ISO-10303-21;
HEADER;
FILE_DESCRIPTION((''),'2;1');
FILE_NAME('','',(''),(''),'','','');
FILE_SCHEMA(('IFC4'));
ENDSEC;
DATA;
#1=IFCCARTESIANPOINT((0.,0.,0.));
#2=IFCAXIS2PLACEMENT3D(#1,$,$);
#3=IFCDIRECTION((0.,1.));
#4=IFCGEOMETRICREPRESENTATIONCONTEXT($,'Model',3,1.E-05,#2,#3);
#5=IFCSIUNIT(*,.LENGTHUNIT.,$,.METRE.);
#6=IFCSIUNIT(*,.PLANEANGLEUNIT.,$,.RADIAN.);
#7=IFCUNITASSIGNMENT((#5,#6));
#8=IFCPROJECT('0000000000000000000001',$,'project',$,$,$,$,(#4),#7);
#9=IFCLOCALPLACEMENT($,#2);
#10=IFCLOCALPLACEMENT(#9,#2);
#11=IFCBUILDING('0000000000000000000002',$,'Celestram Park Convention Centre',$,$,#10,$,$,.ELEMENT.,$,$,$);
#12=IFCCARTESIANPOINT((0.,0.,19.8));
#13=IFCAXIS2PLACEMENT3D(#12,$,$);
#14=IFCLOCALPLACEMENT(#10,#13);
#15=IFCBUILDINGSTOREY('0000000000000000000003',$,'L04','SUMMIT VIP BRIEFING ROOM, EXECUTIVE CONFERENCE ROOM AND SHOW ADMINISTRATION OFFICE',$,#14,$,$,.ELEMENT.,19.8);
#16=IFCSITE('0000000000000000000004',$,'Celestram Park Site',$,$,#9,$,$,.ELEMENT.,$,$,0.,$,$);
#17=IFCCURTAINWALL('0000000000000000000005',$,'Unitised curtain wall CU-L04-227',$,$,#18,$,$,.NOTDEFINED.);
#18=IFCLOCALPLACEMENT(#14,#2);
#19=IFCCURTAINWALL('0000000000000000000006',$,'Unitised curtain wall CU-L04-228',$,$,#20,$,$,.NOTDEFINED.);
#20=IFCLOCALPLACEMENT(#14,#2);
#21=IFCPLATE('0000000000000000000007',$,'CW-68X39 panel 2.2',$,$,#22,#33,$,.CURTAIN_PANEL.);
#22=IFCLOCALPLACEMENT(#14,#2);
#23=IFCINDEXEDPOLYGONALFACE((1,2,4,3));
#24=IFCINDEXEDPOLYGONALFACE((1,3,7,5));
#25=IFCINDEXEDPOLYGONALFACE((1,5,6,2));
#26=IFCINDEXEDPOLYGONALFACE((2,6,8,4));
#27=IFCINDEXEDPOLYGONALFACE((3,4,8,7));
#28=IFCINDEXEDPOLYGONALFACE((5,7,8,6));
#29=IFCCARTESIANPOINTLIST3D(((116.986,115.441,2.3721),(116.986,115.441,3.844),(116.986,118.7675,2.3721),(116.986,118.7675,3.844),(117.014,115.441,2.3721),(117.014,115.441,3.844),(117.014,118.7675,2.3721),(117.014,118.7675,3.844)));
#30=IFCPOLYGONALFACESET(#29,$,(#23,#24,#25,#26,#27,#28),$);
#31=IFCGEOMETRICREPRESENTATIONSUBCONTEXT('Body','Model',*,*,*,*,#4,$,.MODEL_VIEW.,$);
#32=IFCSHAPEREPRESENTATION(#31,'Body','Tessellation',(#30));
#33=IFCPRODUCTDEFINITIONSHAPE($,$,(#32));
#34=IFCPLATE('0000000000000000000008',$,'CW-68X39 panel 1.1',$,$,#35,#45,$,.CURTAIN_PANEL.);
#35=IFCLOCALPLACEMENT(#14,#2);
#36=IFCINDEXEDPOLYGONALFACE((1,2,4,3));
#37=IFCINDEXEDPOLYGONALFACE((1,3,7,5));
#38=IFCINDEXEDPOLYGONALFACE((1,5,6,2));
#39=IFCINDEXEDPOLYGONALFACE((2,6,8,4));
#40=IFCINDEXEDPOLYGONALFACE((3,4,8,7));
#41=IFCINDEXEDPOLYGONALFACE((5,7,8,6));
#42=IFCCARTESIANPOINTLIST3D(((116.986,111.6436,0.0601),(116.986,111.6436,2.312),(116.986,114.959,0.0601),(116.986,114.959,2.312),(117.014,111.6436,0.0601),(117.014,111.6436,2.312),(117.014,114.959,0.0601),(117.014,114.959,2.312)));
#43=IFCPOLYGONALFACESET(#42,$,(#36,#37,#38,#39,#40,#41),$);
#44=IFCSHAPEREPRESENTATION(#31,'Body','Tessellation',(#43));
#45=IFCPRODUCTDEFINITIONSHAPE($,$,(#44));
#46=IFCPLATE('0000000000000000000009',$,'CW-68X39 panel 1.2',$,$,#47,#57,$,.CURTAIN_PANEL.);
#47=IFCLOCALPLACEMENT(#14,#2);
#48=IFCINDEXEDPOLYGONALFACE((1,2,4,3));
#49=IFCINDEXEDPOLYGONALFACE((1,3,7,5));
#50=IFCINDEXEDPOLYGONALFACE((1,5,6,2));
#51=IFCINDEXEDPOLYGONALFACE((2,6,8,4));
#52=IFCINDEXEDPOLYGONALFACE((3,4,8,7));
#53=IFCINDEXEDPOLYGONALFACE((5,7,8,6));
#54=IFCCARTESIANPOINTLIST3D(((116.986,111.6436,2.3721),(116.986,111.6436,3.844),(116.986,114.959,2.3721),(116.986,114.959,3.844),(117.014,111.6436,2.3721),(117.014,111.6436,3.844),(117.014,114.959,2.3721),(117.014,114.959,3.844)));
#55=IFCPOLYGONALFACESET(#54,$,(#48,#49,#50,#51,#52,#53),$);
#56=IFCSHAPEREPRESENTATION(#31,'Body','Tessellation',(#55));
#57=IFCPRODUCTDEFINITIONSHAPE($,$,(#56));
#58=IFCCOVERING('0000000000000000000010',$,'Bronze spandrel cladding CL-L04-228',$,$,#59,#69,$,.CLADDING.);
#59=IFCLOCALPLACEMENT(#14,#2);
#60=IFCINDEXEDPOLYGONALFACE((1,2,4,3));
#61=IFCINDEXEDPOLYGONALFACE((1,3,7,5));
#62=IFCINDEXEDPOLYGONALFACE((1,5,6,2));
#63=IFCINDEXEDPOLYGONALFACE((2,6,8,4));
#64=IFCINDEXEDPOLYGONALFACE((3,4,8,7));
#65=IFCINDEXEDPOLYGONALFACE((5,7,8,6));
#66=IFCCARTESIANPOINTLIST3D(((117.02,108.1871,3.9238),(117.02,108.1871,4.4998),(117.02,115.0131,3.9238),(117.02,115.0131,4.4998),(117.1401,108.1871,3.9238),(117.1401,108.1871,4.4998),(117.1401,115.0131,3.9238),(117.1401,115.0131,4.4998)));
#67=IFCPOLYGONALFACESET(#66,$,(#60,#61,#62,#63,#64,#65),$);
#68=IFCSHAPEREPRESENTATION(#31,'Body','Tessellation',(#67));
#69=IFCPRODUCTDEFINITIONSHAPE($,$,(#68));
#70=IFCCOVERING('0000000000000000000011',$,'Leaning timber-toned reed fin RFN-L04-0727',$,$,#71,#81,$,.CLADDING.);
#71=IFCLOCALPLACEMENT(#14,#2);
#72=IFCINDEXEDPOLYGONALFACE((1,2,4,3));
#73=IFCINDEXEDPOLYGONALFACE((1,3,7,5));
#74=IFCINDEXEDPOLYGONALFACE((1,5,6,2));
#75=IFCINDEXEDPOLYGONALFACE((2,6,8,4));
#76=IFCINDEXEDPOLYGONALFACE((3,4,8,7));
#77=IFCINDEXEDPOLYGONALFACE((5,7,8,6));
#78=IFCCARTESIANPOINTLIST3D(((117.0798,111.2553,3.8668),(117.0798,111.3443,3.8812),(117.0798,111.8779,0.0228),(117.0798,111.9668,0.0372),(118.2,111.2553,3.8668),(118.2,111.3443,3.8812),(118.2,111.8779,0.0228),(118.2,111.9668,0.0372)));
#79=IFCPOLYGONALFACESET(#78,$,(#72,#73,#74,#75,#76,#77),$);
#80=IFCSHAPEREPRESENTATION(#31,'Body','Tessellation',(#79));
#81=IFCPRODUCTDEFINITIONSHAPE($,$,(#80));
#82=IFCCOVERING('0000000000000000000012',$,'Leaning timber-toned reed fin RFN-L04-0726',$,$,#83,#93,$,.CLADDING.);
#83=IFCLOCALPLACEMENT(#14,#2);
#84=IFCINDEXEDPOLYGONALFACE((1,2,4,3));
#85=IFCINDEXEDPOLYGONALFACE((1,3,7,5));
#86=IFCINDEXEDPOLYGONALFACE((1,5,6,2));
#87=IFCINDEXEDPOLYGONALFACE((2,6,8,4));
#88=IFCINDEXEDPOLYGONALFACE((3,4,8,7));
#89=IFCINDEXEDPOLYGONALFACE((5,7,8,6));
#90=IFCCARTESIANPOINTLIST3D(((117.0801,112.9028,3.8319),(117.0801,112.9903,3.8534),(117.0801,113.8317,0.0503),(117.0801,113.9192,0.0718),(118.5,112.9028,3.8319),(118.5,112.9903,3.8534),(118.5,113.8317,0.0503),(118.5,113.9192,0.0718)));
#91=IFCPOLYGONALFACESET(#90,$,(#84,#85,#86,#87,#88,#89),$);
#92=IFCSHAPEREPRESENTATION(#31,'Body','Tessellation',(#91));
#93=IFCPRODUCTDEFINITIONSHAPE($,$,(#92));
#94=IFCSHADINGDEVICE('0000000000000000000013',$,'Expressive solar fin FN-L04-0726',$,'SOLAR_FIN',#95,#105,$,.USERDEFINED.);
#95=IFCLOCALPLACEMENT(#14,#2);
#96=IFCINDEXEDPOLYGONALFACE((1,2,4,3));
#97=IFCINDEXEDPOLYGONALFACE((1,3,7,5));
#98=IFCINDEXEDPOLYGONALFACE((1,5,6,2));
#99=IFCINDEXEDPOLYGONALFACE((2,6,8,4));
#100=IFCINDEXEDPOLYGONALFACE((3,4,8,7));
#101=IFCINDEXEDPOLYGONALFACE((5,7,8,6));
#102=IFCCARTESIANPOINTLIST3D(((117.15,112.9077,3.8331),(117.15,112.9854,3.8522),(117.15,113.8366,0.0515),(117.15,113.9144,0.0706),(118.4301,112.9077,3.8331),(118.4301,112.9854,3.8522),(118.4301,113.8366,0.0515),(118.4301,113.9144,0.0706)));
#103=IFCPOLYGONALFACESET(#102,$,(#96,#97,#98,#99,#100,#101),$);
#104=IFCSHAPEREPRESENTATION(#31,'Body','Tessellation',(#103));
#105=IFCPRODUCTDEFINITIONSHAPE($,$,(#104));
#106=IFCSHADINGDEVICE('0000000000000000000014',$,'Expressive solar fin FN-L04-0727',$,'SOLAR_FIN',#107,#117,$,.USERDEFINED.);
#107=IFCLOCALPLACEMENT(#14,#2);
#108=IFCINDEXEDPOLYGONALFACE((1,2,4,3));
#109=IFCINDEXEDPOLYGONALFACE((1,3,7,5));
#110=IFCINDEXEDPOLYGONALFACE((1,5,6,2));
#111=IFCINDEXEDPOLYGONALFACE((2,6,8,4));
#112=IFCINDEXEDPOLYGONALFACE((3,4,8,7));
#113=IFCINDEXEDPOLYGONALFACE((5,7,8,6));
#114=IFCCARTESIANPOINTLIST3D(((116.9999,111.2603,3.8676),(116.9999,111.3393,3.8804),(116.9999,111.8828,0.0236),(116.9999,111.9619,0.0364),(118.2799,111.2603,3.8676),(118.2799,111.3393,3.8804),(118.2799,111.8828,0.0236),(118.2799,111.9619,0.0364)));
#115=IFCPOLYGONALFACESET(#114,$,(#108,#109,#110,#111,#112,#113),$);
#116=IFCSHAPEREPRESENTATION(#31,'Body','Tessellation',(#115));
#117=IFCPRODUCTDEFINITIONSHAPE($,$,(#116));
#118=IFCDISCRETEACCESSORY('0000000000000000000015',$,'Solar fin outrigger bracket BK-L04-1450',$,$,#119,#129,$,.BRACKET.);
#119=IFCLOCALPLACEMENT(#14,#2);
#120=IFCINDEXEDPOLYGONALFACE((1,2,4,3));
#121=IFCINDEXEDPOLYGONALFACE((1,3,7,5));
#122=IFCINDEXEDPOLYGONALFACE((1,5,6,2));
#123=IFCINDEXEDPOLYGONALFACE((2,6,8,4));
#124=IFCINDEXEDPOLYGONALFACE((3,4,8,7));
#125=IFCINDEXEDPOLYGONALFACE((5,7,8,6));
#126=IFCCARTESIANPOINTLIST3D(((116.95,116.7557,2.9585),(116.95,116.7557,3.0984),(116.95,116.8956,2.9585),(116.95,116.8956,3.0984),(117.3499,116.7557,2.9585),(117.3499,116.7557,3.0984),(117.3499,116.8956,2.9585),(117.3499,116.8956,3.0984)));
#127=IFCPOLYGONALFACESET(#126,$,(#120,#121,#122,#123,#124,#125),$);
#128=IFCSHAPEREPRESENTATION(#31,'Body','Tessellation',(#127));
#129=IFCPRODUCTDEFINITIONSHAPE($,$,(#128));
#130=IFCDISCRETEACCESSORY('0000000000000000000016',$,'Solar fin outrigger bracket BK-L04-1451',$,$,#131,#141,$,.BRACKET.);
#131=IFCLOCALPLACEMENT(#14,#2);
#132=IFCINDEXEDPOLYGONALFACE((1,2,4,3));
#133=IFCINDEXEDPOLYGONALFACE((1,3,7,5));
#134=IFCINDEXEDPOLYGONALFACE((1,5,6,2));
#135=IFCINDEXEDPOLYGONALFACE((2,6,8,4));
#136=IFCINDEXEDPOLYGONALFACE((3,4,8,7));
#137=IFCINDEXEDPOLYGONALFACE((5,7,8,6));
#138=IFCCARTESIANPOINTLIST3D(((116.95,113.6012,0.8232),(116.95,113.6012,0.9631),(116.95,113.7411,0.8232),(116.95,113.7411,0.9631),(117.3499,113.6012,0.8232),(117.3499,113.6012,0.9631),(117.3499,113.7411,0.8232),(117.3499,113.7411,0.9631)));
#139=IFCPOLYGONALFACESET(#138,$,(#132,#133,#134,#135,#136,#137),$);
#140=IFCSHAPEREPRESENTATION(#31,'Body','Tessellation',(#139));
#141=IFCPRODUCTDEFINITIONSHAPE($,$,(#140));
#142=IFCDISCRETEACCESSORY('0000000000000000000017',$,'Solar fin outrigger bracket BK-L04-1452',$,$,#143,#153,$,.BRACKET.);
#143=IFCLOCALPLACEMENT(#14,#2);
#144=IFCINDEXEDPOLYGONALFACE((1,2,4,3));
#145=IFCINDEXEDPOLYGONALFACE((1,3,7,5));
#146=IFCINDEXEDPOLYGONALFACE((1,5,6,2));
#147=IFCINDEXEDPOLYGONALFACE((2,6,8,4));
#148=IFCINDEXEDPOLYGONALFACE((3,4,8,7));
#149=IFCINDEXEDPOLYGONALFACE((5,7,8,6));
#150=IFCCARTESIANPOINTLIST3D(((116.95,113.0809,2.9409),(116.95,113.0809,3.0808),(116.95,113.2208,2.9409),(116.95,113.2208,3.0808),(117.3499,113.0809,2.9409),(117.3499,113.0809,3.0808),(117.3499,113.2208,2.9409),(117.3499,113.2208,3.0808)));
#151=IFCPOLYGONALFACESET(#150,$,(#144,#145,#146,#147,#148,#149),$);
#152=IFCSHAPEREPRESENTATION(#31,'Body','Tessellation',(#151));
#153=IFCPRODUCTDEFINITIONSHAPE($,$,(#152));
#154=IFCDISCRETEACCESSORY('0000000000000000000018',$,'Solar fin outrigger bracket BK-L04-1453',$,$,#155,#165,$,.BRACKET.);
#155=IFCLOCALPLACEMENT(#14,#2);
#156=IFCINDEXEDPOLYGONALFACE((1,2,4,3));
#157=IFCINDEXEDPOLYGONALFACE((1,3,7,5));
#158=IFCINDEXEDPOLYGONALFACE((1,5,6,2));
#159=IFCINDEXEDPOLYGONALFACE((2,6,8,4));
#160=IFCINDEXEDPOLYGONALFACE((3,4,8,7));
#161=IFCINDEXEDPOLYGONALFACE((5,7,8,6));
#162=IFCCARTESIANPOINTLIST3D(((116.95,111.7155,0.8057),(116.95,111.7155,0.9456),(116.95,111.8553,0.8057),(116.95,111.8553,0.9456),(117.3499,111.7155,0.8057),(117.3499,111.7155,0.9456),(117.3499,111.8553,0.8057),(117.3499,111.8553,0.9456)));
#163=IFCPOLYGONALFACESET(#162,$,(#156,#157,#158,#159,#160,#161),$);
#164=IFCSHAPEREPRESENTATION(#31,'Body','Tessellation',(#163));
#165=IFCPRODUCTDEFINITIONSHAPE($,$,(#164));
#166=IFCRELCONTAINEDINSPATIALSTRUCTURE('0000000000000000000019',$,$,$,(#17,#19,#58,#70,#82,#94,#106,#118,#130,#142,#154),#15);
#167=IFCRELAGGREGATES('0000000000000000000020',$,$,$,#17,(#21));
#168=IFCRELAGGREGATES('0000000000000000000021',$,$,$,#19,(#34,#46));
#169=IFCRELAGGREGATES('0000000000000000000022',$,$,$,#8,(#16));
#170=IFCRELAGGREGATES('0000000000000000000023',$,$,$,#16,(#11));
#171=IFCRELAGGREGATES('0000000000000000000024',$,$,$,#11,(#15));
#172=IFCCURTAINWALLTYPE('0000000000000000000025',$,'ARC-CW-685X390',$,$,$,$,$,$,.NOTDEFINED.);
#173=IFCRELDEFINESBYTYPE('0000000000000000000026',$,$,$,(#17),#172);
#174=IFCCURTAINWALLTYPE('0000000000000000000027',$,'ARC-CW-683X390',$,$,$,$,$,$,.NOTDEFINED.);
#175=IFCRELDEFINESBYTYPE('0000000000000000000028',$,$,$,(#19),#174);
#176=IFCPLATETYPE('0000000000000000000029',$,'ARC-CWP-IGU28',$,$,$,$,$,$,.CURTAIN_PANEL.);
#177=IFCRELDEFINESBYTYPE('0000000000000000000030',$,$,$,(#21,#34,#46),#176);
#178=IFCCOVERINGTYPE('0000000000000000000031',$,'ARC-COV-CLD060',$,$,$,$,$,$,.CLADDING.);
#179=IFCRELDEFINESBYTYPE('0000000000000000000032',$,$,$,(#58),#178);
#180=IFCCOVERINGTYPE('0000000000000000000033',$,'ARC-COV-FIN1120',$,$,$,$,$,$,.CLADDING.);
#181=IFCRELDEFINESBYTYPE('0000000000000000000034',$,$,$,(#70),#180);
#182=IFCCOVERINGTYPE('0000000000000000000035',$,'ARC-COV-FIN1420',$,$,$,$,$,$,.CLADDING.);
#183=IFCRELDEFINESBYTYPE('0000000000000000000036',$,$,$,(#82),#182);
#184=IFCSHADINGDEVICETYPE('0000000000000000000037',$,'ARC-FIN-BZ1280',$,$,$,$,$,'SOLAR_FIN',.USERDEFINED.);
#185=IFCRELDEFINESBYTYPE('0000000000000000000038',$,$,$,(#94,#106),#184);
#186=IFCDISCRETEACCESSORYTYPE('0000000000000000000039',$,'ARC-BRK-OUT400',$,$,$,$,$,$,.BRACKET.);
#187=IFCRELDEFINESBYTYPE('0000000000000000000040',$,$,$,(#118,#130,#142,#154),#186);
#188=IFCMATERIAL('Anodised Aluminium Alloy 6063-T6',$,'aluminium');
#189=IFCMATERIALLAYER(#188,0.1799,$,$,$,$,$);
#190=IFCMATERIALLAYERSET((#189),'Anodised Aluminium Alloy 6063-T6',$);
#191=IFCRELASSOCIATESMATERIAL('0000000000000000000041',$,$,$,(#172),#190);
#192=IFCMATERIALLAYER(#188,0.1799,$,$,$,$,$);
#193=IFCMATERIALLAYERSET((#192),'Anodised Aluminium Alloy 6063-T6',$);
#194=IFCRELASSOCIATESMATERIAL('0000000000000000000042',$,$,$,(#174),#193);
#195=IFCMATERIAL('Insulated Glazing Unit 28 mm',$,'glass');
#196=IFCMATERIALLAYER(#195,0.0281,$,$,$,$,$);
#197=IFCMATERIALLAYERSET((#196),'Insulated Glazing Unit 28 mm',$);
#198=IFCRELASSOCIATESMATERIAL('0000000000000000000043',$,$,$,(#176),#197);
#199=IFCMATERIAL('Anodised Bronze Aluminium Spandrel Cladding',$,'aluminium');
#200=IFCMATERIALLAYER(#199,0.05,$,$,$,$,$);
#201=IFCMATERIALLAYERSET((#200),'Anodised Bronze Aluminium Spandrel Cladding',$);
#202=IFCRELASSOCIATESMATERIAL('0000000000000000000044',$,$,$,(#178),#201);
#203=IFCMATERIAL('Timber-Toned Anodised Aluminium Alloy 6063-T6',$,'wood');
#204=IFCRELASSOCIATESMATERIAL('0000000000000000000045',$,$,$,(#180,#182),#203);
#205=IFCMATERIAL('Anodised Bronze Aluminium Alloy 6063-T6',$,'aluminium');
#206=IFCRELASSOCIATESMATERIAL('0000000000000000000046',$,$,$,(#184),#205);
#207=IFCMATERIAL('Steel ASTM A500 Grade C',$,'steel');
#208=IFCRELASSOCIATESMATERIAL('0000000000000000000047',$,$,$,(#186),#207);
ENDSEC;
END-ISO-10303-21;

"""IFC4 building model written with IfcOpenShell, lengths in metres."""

from ifc_helpers import new_model, si_unit, direction, frame, origin, origin_2d, place, context, subcontext, project, spatial, rectangle, extrude, material, layer, layer_set, material_profile, profile_set, type_object, element, aggregate, save


model = new_model("IFC4")

# Units and contexts
model_context = context("Model", 3, precision=1e-05, world=origin(), true_north=direction((0.0, 1.0)))
body_context = subcontext(model_context, "Body", "Model", "MODEL_VIEW")
ifc_project = project(units=[si_unit("LENGTHUNIT", "METRE"), si_unit("PLANEANGLEUNIT", "RADIAN")], contexts=[model_context])

# Site, building, storey
site_placement = place(None, origin())
site = spatial("IfcSite", under=ifc_project, at=site_placement, Name="Celestram Park Site", CompositionType="ELEMENT", RefElevation=0.0)
building_placement = place(site_placement, origin())
building = spatial("IfcBuilding", under=site, at=building_placement, Name="Celestram Park Convention Centre", CompositionType="ELEMENT")
storey_placement = place(building_placement, frame((0.0, 0.0, 19.8)))
storey = spatial("IfcBuildingStorey", under=building, at=storey_placement, Name="L04", Description="SUMMIT VIP BRIEFING ROOM, EXECUTIVE CONFERENCE ROOM AND SHOW ADMINISTRATION OFFICE", CompositionType="ELEMENT", Elevation=19.8)

# Curtain wall
ifc_material_1 = material(Name="Anodised Aluminium Alloy 6063-T6", Category="aluminium")
ifc_layer_1 = layer(ifc_material_1, 0.1799)
ifc_layer_set_1 = layer_set([ifc_layer_1], Name="Anodised Aluminium Alloy 6063-T6")
curtain_wall_type_1 = type_object("IfcCurtainWallType", Name="ARC-CW-685X390", PredefinedType="NOTDEFINED", material=ifc_layer_set_1)
curtain_wall_1_placement = place(storey_placement, origin())
curtain_wall_1 = element("IfcCurtainWall", 1, at=curtain_wall_1_placement, inside=storey, type_object=curtain_wall_type_1, Name="Unitised curtain wall CU-L04-227", PredefinedType="NOTDEFINED")

# Curtain wall
ifc_layer_2 = layer(ifc_material_1, 0.1799)
ifc_layer_set_2 = layer_set([ifc_layer_2], Name="Anodised Aluminium Alloy 6063-T6")
curtain_wall_type_2 = type_object("IfcCurtainWallType", Name="ARC-CW-683X390", PredefinedType="NOTDEFINED", material=ifc_layer_set_2)
curtain_wall_2_placement = place(storey_placement, origin())
curtain_wall_2 = element("IfcCurtainWall", 2, at=curtain_wall_2_placement, inside=storey, type_object=curtain_wall_type_2, Name="Unitised curtain wall CU-L04-228", PredefinedType="NOTDEFINED")

# Plates
ifc_material_2 = material(Name="Insulated Glazing Unit 28 mm", Category="glass")
ifc_layer_3 = layer(ifc_material_2, 0.0281)
ifc_layer_set_3 = layer_set([ifc_layer_3], Name="Insulated Glazing Unit 28 mm")
plate_type = type_object("IfcPlateType", Name="ARC-CWP-IGU28", PredefinedType="CURTAIN_PANEL", material=ifc_layer_set_3)
plate_1_placement = place(storey_placement, frame((117.0, 117.1042, 2.3721), z_axis=(0.0, 0.0, 1.0), x_axis=(0.0, -1.0, 0.0)))
plate_1 = element("IfcPlate", 3, at=plate_1_placement, type_object=plate_type, Name="CW-68X39 panel 2.2", PredefinedType="CURTAIN_PANEL", context=body_context, shape_type="SweptSolid", body=[
    extrude(rectangle(XDim=3.3264, YDim=0.0281, at=origin_2d()), origin(), (0.0, 0.0, 1.0), 1.4719),
])
aggregate(curtain_wall_1, [plate_1])
plate_2_placement = place(storey_placement, frame((117.0, 113.3013, 0.0601), z_axis=(0.0, 0.0, 1.0), x_axis=(0.0, -1.0, 0.0)))
plate_2 = element("IfcPlate", 4, at=plate_2_placement, type_object=plate_type, Name="CW-68X39 panel 1.1", PredefinedType="CURTAIN_PANEL", context=body_context, shape_type="SweptSolid", body=[
    extrude(rectangle(XDim=3.3154, YDim=0.0281, at=origin_2d()), origin(), (0.0, 0.0, 1.0), 2.252),
])
plate_3_placement = place(storey_placement, frame((117.0, 113.3013, 2.3721), z_axis=(0.0, 0.0, 1.0), x_axis=(0.0, -1.0, 0.0)))
plate_3 = element("IfcPlate", 5, at=plate_3_placement, type_object=plate_type, Name="CW-68X39 panel 1.2", PredefinedType="CURTAIN_PANEL", context=body_context, shape_type="SweptSolid", body=[
    extrude(rectangle(XDim=3.3154, YDim=0.0281, at=origin_2d()), origin(), (0.0, 0.0, 1.0), 1.4719),
])
aggregate(curtain_wall_2, [plate_2, plate_3])

# Coverings
ifc_material_3 = material(Name="Anodised Bronze Aluminium Spandrel Cladding", Category="aluminium")
ifc_layer_4 = layer(ifc_material_3, 0.05)
ifc_layer_set_4 = layer_set([ifc_layer_4], Name="Anodised Bronze Aluminium Spandrel Cladding")
covering_type_1 = type_object("IfcCoveringType", Name="ARC-COV-CLD060", PredefinedType="CLADDING", material=ifc_layer_set_4)
covering_1_placement = place(storey_placement, frame((117.0801, 111.6001, 3.9238), z_axis=(0.0, 0.0, 1.0), x_axis=(0.0, -1.0, 0.0)))
element("IfcCovering", 6, at=covering_1_placement, inside=storey, type_object=covering_type_1, Name="Bronze spandrel cladding CL-L04-228", PredefinedType="CLADDING", context=body_context, shape_type="SweptSolid", body=[
    extrude(rectangle(XDim=6.8259, YDim=0.1201, at=origin_2d()), origin(), (0.0, 0.0, 1.0), 0.5759),
])
ifc_material_4 = material(Name="Timber-Toned Anodised Aluminium Alloy 6063-T6", Category="wood")
ifc_material_profile_1 = material_profile(ifc_material_4, rectangle(XDim=1.1201, YDim=0.0901, at=origin_2d()), Name="REED1120X90")
ifc_profile_set_1 = profile_set([ifc_material_profile_1], Name="Timber-Toned Anodised Aluminium Alloy 6063-T6")
covering_type_2 = type_object("IfcCoveringType", Name="ARC-COV-FIN1120", PredefinedType="CLADDING", material=ifc_profile_set_1)
covering_2_placement = place(storey_placement, frame((117.6399, 111.9224, 0.03), z_axis=(0.0, -0.159873, 0.987138), x_axis=(1.0, 0.0, 0.0)))
element("IfcCovering", 7, at=covering_2_placement, inside=storey, type_object=covering_type_2, Name="Leaning timber-toned reed fin RFN-L04-0727", PredefinedType="CLADDING", context=body_context, shape_type="SweptSolid", body=[
    extrude(rectangle(XDim=1.1201, YDim=0.0901, at=origin_2d()), origin(), (0.0, 0.0, 1.0), 3.894),
])
ifc_material_profile_2 = material_profile(ifc_material_4, rectangle(XDim=1.4199, YDim=0.0901, at=origin_2d()), Name="REED1420X90")
ifc_profile_set_2 = profile_set([ifc_material_profile_2], Name="Timber-Toned Anodised Aluminium Alloy 6063-T6")
covering_type_3 = type_object("IfcCoveringType", Name="ARC-COV-FIN1420", PredefinedType="CLADDING", material=ifc_profile_set_2)
covering_3_placement = place(storey_placement, frame((117.79, 113.8755, 0.061), z_axis=(0.0, -0.238551, 0.97113), x_axis=(1.0, 0.0, 0.0)))
element("IfcCovering", 8, at=covering_3_placement, inside=storey, type_object=covering_type_3, Name="Leaning timber-toned reed fin RFN-L04-0726", PredefinedType="CLADDING", context=body_context, shape_type="SweptSolid", body=[
    extrude(rectangle(XDim=1.4199, YDim=0.0901, at=origin_2d()), origin(), (0.0, 0.0, 1.0), 3.894),
])

# Shading devices
ifc_material_5 = material(Name="Anodised Bronze Aluminium Alloy 6063-T6", Category="aluminium")
ifc_material_profile_3 = material_profile(ifc_material_5, rectangle(XDim=1.28, YDim=0.0801, at=origin_2d()), Name="FIN1280X80")
ifc_profile_set_3 = profile_set([ifc_material_profile_3], Name="Anodised Bronze Aluminium Alloy 6063-T6")
shading_device_type = type_object("IfcShadingDeviceType", Name="ARC-FIN-BZ1280", ElementType="SOLAR_FIN", PredefinedType="USERDEFINED", material=ifc_profile_set_3)
for number, where, z_axis, x_axis, name in (
    (9, (117.79, 113.8755, 0.061), (0.0, -0.238551, 0.97113), (1.0, 0.0, 0.0), "Expressive solar fin FN-L04-0726"),
    (10, (117.6399, 111.9224, 0.03), (0.0, -0.159873, 0.987138), (1.0, 0.0, 0.0), "Expressive solar fin FN-L04-0727"),
):
    element("IfcShadingDevice", number, at=place(storey_placement, frame(where, z_axis=z_axis, x_axis=x_axis)), inside=storey, type_object=shading_device_type, Name=name, ObjectType="SOLAR_FIN", PredefinedType="USERDEFINED", context=body_context, shape_type="SweptSolid", body=[
        extrude(rectangle(XDim=1.28, YDim=0.0801, at=origin_2d()), origin(), (0.0, 0.0, 1.0), 3.894),
    ])

# Discrete accessories
ifc_material_6 = material(Name="Steel ASTM A500 Grade C", Category="steel")
discrete_accessory_type = type_object("IfcDiscreteAccessoryType", Name="ARC-BRK-OUT400", PredefinedType="BRACKET", material=ifc_material_6)
for number, where, z_axis, x_axis, name in (
    (11, (117.1499, 116.8257, 2.9585), (0.0, 0.0, 1.0), (1.0, 0.0, 0.0), "Solar fin outrigger bracket BK-L04-1450"),
    (12, (117.1499, 113.6711, 0.8232), (0.0, 0.0, 1.0), (1.0, 0.0, 0.0), "Solar fin outrigger bracket BK-L04-1451"),
    (13, (117.1499, 113.1509, 2.9409), (0.0, 0.0, 1.0), (1.0, 0.0, 0.0), "Solar fin outrigger bracket BK-L04-1452"),
    (14, (117.1499, 111.7854, 0.8057), (0.0, 0.0, 1.0), (1.0, 0.0, 0.0), "Solar fin outrigger bracket BK-L04-1453"),
):
    element("IfcDiscreteAccessory", number, at=place(storey_placement, frame(where, z_axis=z_axis, x_axis=x_axis)), inside=storey, type_object=discrete_accessory_type, Name=name, PredefinedType="BRACKET", context=body_context, shape_type="SweptSolid", body=[
        extrude(rectangle(XDim=0.3999, YDim=0.1399, at=origin_2d()), origin(), (0.0, 0.0, 1.0), 0.1399),
    ])

save(model, "model.ifc")
